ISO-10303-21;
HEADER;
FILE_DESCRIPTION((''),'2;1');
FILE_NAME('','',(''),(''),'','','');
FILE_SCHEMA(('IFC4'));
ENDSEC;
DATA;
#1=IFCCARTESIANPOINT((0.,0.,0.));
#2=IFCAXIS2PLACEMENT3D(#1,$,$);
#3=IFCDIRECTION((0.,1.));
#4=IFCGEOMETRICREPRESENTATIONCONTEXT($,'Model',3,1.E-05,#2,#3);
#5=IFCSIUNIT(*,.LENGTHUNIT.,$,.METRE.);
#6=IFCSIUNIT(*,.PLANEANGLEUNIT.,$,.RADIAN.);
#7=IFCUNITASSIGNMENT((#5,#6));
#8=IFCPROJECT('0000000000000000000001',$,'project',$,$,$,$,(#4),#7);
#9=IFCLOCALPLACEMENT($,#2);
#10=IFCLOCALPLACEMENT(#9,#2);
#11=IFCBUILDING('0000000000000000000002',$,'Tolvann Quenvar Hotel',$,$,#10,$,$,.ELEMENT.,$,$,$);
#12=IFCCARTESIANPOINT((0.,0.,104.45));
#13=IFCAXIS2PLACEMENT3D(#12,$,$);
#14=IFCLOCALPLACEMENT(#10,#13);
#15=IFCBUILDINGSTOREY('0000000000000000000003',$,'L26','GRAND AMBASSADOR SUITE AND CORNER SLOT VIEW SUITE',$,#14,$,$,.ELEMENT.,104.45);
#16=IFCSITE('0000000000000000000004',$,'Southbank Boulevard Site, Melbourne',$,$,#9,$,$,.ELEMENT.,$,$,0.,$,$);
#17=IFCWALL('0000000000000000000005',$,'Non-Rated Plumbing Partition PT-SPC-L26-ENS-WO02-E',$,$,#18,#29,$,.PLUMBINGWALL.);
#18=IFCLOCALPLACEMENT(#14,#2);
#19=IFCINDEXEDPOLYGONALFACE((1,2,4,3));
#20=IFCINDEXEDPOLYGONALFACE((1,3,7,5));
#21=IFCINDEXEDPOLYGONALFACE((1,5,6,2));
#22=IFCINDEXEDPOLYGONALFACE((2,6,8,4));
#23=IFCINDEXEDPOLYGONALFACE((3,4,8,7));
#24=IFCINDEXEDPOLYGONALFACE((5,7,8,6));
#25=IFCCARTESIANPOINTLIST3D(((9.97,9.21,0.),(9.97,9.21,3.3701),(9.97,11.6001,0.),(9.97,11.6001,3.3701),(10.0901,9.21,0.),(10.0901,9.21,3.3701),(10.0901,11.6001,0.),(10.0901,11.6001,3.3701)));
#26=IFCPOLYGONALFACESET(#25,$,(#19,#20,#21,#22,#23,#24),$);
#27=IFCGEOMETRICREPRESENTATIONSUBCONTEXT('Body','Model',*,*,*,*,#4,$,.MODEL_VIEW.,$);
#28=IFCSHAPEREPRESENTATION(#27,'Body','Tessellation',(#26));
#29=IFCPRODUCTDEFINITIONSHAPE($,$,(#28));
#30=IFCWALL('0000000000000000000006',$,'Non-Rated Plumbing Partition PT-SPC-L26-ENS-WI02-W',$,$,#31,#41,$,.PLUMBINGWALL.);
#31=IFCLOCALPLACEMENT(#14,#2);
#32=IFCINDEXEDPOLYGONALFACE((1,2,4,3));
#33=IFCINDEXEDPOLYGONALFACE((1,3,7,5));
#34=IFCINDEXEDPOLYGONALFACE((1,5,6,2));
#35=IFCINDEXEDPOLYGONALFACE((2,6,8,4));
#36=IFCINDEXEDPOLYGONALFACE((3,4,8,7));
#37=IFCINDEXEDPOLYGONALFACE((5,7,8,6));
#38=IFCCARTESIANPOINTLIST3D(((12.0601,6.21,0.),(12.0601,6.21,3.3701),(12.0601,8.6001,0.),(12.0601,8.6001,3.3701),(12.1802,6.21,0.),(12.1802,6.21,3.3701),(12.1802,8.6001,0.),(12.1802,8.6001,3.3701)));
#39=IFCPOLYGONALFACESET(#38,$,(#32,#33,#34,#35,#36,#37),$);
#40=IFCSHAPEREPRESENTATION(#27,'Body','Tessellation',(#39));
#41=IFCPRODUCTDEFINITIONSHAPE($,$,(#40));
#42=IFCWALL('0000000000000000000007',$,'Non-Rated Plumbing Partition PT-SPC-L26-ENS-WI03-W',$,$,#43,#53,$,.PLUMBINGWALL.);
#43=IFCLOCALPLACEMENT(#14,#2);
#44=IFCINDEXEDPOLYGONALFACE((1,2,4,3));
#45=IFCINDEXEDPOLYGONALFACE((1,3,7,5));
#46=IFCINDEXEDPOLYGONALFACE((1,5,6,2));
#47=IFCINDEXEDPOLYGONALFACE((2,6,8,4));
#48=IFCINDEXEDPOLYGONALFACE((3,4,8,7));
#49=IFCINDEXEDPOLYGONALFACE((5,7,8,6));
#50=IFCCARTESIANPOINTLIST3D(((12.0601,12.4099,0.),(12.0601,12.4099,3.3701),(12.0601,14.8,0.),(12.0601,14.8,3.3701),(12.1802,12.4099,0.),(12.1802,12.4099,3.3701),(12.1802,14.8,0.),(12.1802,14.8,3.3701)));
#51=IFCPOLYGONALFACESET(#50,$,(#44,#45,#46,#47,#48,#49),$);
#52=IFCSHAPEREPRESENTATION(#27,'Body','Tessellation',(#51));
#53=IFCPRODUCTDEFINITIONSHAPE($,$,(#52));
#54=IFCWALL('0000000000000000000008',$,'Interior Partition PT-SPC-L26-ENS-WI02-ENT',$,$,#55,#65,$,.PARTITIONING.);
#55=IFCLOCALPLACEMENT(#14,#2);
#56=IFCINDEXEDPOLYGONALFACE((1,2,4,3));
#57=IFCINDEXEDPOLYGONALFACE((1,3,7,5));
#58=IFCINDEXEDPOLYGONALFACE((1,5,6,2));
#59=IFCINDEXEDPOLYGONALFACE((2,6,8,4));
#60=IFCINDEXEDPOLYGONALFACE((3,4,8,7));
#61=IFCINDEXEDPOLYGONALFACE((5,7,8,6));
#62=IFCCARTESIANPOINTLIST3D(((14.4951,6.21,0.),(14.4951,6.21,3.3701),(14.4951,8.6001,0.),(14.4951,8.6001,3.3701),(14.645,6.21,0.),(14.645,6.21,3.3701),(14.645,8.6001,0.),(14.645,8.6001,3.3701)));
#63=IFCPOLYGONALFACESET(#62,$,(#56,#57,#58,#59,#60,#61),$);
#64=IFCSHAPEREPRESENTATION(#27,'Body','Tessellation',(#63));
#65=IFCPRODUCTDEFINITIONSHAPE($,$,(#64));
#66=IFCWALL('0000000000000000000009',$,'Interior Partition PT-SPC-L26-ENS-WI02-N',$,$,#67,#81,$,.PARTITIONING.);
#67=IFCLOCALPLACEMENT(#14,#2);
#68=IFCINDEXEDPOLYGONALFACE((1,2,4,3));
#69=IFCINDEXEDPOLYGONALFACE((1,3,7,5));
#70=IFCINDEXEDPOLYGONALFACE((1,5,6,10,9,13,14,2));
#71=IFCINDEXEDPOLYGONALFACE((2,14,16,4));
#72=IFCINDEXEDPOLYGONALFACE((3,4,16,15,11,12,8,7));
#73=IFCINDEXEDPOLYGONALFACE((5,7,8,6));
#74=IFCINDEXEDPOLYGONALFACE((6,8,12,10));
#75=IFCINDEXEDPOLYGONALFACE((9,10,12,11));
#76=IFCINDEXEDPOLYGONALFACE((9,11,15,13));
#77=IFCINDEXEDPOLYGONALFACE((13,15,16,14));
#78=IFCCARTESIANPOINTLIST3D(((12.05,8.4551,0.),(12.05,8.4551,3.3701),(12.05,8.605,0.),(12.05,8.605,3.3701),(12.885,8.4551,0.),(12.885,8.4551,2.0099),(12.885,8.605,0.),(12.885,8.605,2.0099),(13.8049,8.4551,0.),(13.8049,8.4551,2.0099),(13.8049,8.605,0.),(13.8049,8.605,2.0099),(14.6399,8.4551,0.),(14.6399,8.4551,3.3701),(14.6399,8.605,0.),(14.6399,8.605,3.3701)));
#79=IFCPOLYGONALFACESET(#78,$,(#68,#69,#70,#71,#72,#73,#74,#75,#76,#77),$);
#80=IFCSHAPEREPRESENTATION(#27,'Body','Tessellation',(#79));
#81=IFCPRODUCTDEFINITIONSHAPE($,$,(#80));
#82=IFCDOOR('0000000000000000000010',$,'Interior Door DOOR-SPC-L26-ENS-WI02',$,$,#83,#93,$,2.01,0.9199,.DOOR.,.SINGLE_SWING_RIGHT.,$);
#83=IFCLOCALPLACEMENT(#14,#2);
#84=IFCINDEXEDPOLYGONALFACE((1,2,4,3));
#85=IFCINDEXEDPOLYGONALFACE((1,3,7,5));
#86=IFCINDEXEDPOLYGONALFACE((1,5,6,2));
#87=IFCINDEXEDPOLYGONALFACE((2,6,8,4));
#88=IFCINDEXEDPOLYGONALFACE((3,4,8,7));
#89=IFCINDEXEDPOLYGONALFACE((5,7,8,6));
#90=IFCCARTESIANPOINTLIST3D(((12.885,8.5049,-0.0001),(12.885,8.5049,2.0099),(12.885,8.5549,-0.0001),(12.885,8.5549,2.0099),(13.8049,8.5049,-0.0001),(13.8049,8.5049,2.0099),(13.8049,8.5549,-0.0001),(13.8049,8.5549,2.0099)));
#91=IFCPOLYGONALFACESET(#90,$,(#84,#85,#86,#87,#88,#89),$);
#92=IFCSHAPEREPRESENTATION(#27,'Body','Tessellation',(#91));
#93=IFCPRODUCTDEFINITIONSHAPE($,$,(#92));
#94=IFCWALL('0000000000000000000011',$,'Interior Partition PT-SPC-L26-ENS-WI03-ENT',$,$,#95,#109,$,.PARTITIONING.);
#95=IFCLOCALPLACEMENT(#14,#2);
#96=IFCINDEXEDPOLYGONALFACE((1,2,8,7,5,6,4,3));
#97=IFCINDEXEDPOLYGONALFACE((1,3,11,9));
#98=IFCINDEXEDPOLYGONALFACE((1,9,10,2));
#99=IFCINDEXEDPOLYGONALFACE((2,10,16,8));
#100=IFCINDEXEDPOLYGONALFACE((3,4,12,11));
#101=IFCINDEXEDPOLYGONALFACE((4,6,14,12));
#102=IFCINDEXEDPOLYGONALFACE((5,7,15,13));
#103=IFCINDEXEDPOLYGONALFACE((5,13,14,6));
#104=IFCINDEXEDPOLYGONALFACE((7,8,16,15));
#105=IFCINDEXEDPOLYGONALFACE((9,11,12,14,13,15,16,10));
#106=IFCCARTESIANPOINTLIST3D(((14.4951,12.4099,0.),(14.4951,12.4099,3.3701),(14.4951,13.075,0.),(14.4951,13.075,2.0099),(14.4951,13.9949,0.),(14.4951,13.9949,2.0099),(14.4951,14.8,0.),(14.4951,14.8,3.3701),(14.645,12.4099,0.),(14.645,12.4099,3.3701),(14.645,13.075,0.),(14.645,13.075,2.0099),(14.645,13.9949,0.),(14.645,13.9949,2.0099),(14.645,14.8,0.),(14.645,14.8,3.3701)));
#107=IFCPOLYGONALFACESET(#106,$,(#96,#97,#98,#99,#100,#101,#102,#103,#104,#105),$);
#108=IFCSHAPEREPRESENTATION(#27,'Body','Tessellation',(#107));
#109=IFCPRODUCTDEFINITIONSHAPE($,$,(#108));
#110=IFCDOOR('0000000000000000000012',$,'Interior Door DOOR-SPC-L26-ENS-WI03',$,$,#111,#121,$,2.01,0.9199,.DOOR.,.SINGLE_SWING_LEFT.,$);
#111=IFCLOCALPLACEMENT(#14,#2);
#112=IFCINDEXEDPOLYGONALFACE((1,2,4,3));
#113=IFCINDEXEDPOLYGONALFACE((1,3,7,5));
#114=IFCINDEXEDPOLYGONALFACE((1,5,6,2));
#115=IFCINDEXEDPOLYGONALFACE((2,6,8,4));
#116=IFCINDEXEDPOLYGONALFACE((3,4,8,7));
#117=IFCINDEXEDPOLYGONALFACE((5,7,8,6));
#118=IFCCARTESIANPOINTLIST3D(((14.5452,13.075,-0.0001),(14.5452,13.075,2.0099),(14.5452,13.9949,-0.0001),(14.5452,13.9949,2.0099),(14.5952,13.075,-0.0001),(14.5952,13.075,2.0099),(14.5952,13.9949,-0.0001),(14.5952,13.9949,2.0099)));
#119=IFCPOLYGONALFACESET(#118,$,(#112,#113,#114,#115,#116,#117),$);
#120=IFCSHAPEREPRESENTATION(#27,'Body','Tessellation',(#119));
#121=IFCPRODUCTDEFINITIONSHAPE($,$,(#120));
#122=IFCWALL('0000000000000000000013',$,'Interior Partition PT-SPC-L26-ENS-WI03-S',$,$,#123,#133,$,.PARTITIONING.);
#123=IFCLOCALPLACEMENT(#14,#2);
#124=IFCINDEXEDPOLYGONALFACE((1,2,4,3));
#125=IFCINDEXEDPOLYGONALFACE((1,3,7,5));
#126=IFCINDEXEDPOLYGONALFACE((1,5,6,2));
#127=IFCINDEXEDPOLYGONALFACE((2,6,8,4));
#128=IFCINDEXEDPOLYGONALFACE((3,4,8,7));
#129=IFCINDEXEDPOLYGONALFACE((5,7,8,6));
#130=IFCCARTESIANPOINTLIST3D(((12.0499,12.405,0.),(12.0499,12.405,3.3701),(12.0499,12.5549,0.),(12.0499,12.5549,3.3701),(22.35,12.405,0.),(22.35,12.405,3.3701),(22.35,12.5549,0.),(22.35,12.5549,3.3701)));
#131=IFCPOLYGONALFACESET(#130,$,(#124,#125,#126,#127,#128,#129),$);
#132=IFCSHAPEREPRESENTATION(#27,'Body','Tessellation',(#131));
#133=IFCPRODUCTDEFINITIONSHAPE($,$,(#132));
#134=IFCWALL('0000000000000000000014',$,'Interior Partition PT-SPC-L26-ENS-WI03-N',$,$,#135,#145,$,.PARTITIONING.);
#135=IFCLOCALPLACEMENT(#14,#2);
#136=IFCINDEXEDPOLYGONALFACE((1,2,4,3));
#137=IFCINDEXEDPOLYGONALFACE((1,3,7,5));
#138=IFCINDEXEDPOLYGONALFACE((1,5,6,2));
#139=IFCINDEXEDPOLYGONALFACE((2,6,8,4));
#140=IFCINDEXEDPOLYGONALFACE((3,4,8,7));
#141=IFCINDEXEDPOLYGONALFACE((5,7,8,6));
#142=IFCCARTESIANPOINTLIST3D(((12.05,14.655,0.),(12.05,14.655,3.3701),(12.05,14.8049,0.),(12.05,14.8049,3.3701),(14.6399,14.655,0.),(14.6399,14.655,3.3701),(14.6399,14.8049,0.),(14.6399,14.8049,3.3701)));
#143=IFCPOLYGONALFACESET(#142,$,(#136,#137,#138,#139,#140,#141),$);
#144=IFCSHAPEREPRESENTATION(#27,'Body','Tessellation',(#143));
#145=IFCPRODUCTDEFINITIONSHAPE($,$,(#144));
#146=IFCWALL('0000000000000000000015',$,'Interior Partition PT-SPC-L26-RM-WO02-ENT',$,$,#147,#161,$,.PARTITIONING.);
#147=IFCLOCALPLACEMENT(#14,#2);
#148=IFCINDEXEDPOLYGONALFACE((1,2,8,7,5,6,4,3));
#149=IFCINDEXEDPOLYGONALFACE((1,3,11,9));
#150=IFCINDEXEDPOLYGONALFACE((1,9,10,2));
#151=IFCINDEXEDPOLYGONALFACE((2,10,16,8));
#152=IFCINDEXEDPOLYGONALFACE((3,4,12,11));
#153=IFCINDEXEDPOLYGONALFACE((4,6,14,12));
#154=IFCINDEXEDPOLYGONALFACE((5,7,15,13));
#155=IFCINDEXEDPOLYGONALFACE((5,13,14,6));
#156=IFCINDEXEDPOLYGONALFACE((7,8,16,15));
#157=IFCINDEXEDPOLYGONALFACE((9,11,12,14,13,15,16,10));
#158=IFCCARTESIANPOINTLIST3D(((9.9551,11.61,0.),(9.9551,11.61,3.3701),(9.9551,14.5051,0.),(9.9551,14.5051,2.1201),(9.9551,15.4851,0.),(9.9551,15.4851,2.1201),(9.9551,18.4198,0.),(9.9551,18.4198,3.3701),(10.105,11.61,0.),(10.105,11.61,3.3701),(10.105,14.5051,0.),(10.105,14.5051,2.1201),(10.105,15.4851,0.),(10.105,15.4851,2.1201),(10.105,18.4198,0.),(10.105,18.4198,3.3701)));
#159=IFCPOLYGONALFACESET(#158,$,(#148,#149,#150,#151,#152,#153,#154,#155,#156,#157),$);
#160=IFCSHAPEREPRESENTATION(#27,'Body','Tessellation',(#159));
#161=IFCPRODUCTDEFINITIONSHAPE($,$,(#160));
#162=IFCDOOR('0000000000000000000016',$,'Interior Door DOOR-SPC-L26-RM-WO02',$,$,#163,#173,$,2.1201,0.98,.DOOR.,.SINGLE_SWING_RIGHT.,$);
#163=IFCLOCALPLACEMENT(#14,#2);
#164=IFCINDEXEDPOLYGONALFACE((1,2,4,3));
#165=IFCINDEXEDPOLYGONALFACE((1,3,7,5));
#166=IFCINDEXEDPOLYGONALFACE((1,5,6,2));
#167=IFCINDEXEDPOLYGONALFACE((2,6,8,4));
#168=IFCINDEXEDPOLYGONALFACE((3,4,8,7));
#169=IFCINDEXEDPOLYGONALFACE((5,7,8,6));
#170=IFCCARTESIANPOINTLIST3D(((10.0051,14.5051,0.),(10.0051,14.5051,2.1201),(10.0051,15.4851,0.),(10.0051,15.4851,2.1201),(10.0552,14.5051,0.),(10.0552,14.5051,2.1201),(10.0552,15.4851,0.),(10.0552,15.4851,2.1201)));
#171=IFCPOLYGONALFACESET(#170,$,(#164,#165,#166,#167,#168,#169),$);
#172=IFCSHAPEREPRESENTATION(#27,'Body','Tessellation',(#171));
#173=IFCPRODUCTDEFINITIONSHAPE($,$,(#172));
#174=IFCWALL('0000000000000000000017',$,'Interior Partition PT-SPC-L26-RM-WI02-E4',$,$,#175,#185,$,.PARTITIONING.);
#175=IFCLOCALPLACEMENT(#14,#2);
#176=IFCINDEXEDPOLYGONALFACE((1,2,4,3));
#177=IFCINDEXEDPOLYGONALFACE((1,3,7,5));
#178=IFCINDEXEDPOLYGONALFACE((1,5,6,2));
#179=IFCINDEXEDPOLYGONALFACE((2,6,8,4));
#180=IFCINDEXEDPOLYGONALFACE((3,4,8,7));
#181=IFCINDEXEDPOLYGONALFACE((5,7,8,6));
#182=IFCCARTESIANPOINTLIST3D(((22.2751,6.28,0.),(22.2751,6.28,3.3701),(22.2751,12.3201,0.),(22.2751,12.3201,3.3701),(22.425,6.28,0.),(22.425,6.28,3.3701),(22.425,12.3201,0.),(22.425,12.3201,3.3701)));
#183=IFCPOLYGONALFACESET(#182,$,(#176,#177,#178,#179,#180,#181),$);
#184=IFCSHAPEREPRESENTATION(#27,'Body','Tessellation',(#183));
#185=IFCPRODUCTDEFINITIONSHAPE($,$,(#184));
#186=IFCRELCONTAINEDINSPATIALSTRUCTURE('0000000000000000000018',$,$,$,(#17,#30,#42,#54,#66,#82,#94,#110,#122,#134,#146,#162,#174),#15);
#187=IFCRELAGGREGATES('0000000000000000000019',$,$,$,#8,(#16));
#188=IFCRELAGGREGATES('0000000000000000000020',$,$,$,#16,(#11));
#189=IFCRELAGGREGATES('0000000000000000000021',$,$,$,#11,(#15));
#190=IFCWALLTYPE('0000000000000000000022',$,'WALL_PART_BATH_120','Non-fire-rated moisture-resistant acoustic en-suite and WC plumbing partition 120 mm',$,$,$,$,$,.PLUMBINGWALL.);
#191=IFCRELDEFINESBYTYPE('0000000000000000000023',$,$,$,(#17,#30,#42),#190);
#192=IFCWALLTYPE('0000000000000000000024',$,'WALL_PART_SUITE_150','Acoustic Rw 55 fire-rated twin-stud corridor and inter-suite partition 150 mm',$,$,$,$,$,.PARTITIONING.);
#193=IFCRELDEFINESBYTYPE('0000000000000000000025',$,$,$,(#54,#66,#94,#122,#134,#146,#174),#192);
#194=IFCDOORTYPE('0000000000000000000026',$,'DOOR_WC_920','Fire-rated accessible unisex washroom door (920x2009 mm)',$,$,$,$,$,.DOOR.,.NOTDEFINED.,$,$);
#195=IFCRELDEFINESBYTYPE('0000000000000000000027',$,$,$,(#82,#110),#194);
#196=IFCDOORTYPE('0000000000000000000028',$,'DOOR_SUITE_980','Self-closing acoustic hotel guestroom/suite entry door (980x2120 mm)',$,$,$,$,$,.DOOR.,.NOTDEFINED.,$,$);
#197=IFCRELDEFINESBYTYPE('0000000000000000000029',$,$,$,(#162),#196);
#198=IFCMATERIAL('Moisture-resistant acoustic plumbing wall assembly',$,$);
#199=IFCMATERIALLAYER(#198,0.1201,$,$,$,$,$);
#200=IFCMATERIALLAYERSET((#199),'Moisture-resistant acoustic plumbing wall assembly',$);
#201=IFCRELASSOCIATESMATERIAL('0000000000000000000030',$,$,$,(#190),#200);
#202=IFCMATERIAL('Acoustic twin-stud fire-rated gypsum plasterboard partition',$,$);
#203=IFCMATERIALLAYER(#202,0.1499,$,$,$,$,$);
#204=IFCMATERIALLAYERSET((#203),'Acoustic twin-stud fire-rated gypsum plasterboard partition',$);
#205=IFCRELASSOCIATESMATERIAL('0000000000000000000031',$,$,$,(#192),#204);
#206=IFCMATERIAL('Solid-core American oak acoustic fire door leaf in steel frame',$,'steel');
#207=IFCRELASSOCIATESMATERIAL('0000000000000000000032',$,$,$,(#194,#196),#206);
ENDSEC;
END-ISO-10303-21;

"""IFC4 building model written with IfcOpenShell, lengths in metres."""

from ifc_helpers import new_model, si_unit, direction, frame, frame_2d, origin, place, context, subcontext, project, spatial, rectangle, extrude, source, transform, mapped, material, layer, layer_set, type_object, type_shapes, element, fill, save


model = new_model("IFC4")

# Units and contexts
model_context = context("Model", 3, precision=1e-05, world=origin(), true_north=direction((0.0, 1.0)))
body_context = subcontext(model_context, "Body", "Model", "MODEL_VIEW")
ifc_project = project(units=[si_unit("LENGTHUNIT", "METRE"), si_unit("PLANEANGLEUNIT", "RADIAN")], contexts=[model_context])

# Site, building, storey
site_placement = place(None, origin())
site = spatial("IfcSite", under=ifc_project, at=site_placement, Name="Southbank Boulevard Site, Melbourne", CompositionType="ELEMENT", RefElevation=0.0)
building_placement = place(site_placement, origin())
building = spatial("IfcBuilding", under=site, at=building_placement, Name="Tolvann Quenvar Hotel", CompositionType="ELEMENT")
storey_placement = place(building_placement, frame((0.0, 0.0, 104.45)))
storey = spatial("IfcBuildingStorey", under=building, at=storey_placement, Name="L26", Description="GRAND AMBASSADOR SUITE AND CORNER SLOT VIEW SUITE", CompositionType="ELEMENT", Elevation=104.45)

# Walls
ifc_material_1 = material(Name="Moisture-resistant acoustic plumbing wall assembly")
ifc_layer_1 = layer(ifc_material_1, 0.1201)
ifc_layer_set_1 = layer_set([ifc_layer_1], Name="Moisture-resistant acoustic plumbing wall assembly")
wall_type_1 = type_object("IfcWallType", Name="WALL_PART_BATH_120", Description="Non-fire-rated moisture-resistant acoustic en-suite and WC plumbing partition 120 mm", PredefinedType="PLUMBINGWALL", material=ifc_layer_set_1)
for number, where, z_axis, x_axis, name in (
    (1, (10.03, 9.21, 0.0), (0.0, 0.0, 1.0), (0.0, 1.0, 0.0), "Non-Rated Plumbing Partition PT-SPC-L26-ENS-WO02-E"),
    (2, (12.1201, 6.21, 0.0), (0.0, 0.0, 1.0), (0.0, 1.0, 0.0), "Non-Rated Plumbing Partition PT-SPC-L26-ENS-WI02-W"),
    (3, (12.1201, 12.4099, 0.0), (0.0, 0.0, 1.0), (0.0, 1.0, 0.0), "Non-Rated Plumbing Partition PT-SPC-L26-ENS-WI03-W"),
):
    element("IfcWall", number, at=place(storey_placement, frame(where, z_axis=z_axis, x_axis=x_axis)), inside=storey, type_object=wall_type_1, Name=name, PredefinedType="PLUMBINGWALL", context=body_context, shape_type="SweptSolid", body=[
        extrude(rectangle(XDim=2.3901, YDim=0.1201, at=frame_2d((1.1951, 0.0))), origin(), (0.0, 0.0, 1.0), 3.3701),
    ])
ifc_material_2 = material(Name="Acoustic twin-stud fire-rated gypsum plasterboard partition")
ifc_layer_2 = layer(ifc_material_2, 0.1499)
ifc_layer_set_2 = layer_set([ifc_layer_2], Name="Acoustic twin-stud fire-rated gypsum plasterboard partition")
wall_type_2 = type_object("IfcWallType", Name="WALL_PART_SUITE_150", Description="Acoustic Rw 55 fire-rated twin-stud corridor and inter-suite partition 150 mm", PredefinedType="PARTITIONING", material=ifc_layer_set_2)
wall_1_placement = place(storey_placement, frame((14.5701, 6.21, 0.0), z_axis=(0.0, 0.0, 1.0), x_axis=(0.0, 1.0, 0.0)))
element("IfcWall", 4, at=wall_1_placement, inside=storey, type_object=wall_type_2, Name="Interior Partition PT-SPC-L26-ENS-WI02-ENT", PredefinedType="PARTITIONING", context=body_context, shape_type="SweptSolid", body=[
    extrude(rectangle(XDim=2.3901, YDim=0.1499, at=frame_2d((1.1951, 0.0))), origin(), (0.0, 0.0, 1.0), 3.3701),
])

# Walls, openings, doors
wall_2_placement = place(storey_placement, frame((12.05, 8.53, 0.0), z_axis=(0.0, 0.0, 1.0), x_axis=(1.0, 0.0, 0.0)))
wall_2 = element("IfcWall", 5, at=wall_2_placement, inside=storey, type_object=wall_type_2, Name="Interior Partition PT-SPC-L26-ENS-WI02-N", PredefinedType="PARTITIONING", context=body_context, shape_type="SweptSolid", body=[
    extrude(rectangle(XDim=2.5898, YDim=0.1499, at=frame_2d((1.2949, 0.0))), origin(), (0.0, 0.0, 1.0), 3.3701),
])
opening_1_placement = place(wall_2_placement, frame((0.835, 0.0, 0.0)))
opening_1 = element("IfcOpeningElement", 6, at=opening_1_placement, cuts=wall_2, PredefinedType="OPENING", context=body_context, shape_type="SweptSolid", body=[
    extrude(rectangle(XDim=0.9199, YDim=2.01, at=frame_2d((0.46, 1.0049))), frame((0.0, 0.085, 0.0), z_axis=(0.0, -1.0, 0.0), x_axis=(1.0, 0.0, 0.0)), (0.0, 0.0, 1.0), 0.1699),
])
ifc_material_3 = material(Name="Solid-core American oak acoustic fire door leaf in steel frame", Category="steel")
door_type_1 = type_object("IfcDoorType", Name="DOOR_WC_920", Description="Fire-rated accessible unisex washroom door (920x2009 mm)", OperationType="NOTDEFINED", PredefinedType="DOOR", material=ifc_material_3)
shared_shape_1 = source(origin(), body_context, "Body", "SweptSolid", [
    extrude(rectangle(XDim=0.9199, YDim=2.01, at=frame_2d((0.46, 1.0049))), frame((0.0, 0.0249, 0.0), z_axis=(0.0, -1.0, 0.0), x_axis=(1.0, 0.0, 0.0)), (0.0, 0.0, 1.0), 0.05),
])
type_shapes(door_type_1, [shared_shape_1])
door_1_placement = place(opening_1_placement, origin())
door_1 = element("IfcDoor", 7, at=door_1_placement, inside=storey, type_object=door_type_1, Name="Interior Door DOOR-SPC-L26-ENS-WI02", OperationType="SINGLE_SWING_RIGHT", OverallHeight=2.01, OverallWidth=0.9199, PredefinedType="DOOR", context=body_context, shape_type="MappedRepresentation", body=[
    mapped(shared_shape_1, transform((0.0, 0.0, 0.0), x_axis=(1.0, 0.0, 0.0), y_axis=(0.0, 1.0, 0.0), z_axis=(0.0, 0.0, 1.0), scale=1.0)),
])
fill(opening_1, door_1)
wall_3_placement = place(storey_placement, frame((14.5701, 12.4099, 0.0), z_axis=(0.0, 0.0, 1.0), x_axis=(0.0, 1.0, 0.0)))
wall_3 = element("IfcWall", 8, at=wall_3_placement, inside=storey, type_object=wall_type_2, Name="Interior Partition PT-SPC-L26-ENS-WI03-ENT", PredefinedType="PARTITIONING", context=body_context, shape_type="SweptSolid", body=[
    extrude(rectangle(XDim=2.3901, YDim=0.1499, at=frame_2d((1.1951, 0.0))), origin(), (0.0, 0.0, 1.0), 3.3701),
])
opening_2_placement = place(wall_3_placement, frame((0.665, 0.0, 0.0)))
opening_2 = element("IfcOpeningElement", 9, at=opening_2_placement, cuts=wall_3, PredefinedType="OPENING", context=body_context, shape_type="SweptSolid", body=[
    extrude(rectangle(XDim=0.9199, YDim=2.01, at=frame_2d((0.46, 1.0049))), frame((0.0, 0.085, 0.0), z_axis=(0.0, -1.0, 0.0), x_axis=(1.0, 0.0, 0.0)), (0.0, 0.0, 1.0), 0.1699),
])
door_2_placement = place(opening_2_placement, origin())
door_2 = element("IfcDoor", 10, at=door_2_placement, inside=storey, type_object=door_type_1, Name="Interior Door DOOR-SPC-L26-ENS-WI03", OperationType="SINGLE_SWING_LEFT", OverallHeight=2.01, OverallWidth=0.9199, PredefinedType="DOOR", context=body_context, shape_type="MappedRepresentation", body=[
    mapped(shared_shape_1, transform((0.0, 0.0, 0.0), x_axis=(1.0, 0.0, 0.0), y_axis=(0.0, 1.0, 0.0), z_axis=(0.0, 0.0, 1.0), scale=1.0)),
])
fill(opening_2, door_2)

# Walls
wall_4_placement = place(storey_placement, frame((12.05, 12.48, 0.0), z_axis=(0.0, 0.0, 1.0), x_axis=(1.0, 0.0, 0.0)))
element("IfcWall", 11, at=wall_4_placement, inside=storey, type_object=wall_type_2, Name="Interior Partition PT-SPC-L26-ENS-WI03-S", PredefinedType="PARTITIONING", context=body_context, shape_type="SweptSolid", body=[
    extrude(rectangle(XDim=10.3, YDim=0.1499, at=frame_2d((5.1499, 0.0))), origin(), (0.0, 0.0, 1.0), 3.3701),
])
wall_5_placement = place(storey_placement, frame((12.05, 14.73, 0.0), z_axis=(0.0, 0.0, 1.0), x_axis=(1.0, 0.0, 0.0)))
element("IfcWall", 12, at=wall_5_placement, inside=storey, type_object=wall_type_2, Name="Interior Partition PT-SPC-L26-ENS-WI03-N", PredefinedType="PARTITIONING", context=body_context, shape_type="SweptSolid", body=[
    extrude(rectangle(XDim=2.5898, YDim=0.1499, at=frame_2d((1.2949, 0.0))), origin(), (0.0, 0.0, 1.0), 3.3701),
])

# Wall, opening, door
wall_6_placement = place(storey_placement, frame((10.03, 11.6101, 0.0), z_axis=(0.0, 0.0, 1.0), x_axis=(0.0, 1.0, 0.0)))
wall_6 = element("IfcWall", 13, at=wall_6_placement, inside=storey, type_object=wall_type_2, Name="Interior Partition PT-SPC-L26-RM-WO02-ENT", PredefinedType="PARTITIONING", context=body_context, shape_type="SweptSolid", body=[
    extrude(rectangle(XDim=6.8098, YDim=0.1499, at=frame_2d((3.4048, 0.0))), origin(), (0.0, 0.0, 1.0), 3.3701),
])
opening_3_placement = place(wall_6_placement, frame((2.895, 0.0, 0.0)))
opening_3 = element("IfcOpeningElement", 14, at=opening_3_placement, cuts=wall_6, PredefinedType="OPENING", context=body_context, shape_type="SweptSolid", body=[
    extrude(rectangle(XDim=0.98, YDim=2.1201, at=frame_2d((0.49, 1.0601))), frame((0.0, 0.085, 0.0), z_axis=(0.0, -1.0, 0.0), x_axis=(1.0, 0.0, 0.0)), (0.0, 0.0, 1.0), 0.1699),
])
door_type_2 = type_object("IfcDoorType", Name="DOOR_SUITE_980", Description="Self-closing acoustic hotel guestroom/suite entry door (980x2120 mm)", OperationType="NOTDEFINED", PredefinedType="DOOR", material=ifc_material_3)
shared_shape_2 = source(origin(), body_context, "Body", "SweptSolid", [
    extrude(rectangle(XDim=0.98, YDim=2.1201, at=frame_2d((0.49, 1.0601))), frame((0.0, 0.0249, 0.0), z_axis=(0.0, -1.0, 0.0), x_axis=(1.0, 0.0, 0.0)), (0.0, 0.0, 1.0), 0.05),
])
type_shapes(door_type_2, [shared_shape_2])
door_3_placement = place(opening_3_placement, origin())
door_3 = element("IfcDoor", 15, at=door_3_placement, inside=storey, type_object=door_type_2, Name="Interior Door DOOR-SPC-L26-RM-WO02", OperationType="SINGLE_SWING_RIGHT", OverallHeight=2.1201, OverallWidth=0.98, PredefinedType="DOOR", context=body_context, shape_type="MappedRepresentation", body=[
    mapped(shared_shape_2, transform((0.0, 0.0, 0.0), x_axis=(1.0, 0.0, 0.0), y_axis=(0.0, 1.0, 0.0), z_axis=(0.0, 0.0, 1.0), scale=1.0)),
])
fill(opening_3, door_3)

# Wall
wall_7_placement = place(storey_placement, frame((22.3501, 6.28, 0.0), z_axis=(0.0, 0.0, 1.0), x_axis=(0.0, 1.0, 0.0)))
element("IfcWall", 16, at=wall_7_placement, inside=storey, type_object=wall_type_2, Name="Interior Partition PT-SPC-L26-RM-WI02-E4", PredefinedType="PARTITIONING", context=body_context, shape_type="SweptSolid", body=[
    extrude(rectangle(XDim=6.04, YDim=0.1499, at=frame_2d((3.02, 0.0))), origin(), (0.0, 0.0, 1.0), 3.3701),
])

save(model, "model.ifc")
